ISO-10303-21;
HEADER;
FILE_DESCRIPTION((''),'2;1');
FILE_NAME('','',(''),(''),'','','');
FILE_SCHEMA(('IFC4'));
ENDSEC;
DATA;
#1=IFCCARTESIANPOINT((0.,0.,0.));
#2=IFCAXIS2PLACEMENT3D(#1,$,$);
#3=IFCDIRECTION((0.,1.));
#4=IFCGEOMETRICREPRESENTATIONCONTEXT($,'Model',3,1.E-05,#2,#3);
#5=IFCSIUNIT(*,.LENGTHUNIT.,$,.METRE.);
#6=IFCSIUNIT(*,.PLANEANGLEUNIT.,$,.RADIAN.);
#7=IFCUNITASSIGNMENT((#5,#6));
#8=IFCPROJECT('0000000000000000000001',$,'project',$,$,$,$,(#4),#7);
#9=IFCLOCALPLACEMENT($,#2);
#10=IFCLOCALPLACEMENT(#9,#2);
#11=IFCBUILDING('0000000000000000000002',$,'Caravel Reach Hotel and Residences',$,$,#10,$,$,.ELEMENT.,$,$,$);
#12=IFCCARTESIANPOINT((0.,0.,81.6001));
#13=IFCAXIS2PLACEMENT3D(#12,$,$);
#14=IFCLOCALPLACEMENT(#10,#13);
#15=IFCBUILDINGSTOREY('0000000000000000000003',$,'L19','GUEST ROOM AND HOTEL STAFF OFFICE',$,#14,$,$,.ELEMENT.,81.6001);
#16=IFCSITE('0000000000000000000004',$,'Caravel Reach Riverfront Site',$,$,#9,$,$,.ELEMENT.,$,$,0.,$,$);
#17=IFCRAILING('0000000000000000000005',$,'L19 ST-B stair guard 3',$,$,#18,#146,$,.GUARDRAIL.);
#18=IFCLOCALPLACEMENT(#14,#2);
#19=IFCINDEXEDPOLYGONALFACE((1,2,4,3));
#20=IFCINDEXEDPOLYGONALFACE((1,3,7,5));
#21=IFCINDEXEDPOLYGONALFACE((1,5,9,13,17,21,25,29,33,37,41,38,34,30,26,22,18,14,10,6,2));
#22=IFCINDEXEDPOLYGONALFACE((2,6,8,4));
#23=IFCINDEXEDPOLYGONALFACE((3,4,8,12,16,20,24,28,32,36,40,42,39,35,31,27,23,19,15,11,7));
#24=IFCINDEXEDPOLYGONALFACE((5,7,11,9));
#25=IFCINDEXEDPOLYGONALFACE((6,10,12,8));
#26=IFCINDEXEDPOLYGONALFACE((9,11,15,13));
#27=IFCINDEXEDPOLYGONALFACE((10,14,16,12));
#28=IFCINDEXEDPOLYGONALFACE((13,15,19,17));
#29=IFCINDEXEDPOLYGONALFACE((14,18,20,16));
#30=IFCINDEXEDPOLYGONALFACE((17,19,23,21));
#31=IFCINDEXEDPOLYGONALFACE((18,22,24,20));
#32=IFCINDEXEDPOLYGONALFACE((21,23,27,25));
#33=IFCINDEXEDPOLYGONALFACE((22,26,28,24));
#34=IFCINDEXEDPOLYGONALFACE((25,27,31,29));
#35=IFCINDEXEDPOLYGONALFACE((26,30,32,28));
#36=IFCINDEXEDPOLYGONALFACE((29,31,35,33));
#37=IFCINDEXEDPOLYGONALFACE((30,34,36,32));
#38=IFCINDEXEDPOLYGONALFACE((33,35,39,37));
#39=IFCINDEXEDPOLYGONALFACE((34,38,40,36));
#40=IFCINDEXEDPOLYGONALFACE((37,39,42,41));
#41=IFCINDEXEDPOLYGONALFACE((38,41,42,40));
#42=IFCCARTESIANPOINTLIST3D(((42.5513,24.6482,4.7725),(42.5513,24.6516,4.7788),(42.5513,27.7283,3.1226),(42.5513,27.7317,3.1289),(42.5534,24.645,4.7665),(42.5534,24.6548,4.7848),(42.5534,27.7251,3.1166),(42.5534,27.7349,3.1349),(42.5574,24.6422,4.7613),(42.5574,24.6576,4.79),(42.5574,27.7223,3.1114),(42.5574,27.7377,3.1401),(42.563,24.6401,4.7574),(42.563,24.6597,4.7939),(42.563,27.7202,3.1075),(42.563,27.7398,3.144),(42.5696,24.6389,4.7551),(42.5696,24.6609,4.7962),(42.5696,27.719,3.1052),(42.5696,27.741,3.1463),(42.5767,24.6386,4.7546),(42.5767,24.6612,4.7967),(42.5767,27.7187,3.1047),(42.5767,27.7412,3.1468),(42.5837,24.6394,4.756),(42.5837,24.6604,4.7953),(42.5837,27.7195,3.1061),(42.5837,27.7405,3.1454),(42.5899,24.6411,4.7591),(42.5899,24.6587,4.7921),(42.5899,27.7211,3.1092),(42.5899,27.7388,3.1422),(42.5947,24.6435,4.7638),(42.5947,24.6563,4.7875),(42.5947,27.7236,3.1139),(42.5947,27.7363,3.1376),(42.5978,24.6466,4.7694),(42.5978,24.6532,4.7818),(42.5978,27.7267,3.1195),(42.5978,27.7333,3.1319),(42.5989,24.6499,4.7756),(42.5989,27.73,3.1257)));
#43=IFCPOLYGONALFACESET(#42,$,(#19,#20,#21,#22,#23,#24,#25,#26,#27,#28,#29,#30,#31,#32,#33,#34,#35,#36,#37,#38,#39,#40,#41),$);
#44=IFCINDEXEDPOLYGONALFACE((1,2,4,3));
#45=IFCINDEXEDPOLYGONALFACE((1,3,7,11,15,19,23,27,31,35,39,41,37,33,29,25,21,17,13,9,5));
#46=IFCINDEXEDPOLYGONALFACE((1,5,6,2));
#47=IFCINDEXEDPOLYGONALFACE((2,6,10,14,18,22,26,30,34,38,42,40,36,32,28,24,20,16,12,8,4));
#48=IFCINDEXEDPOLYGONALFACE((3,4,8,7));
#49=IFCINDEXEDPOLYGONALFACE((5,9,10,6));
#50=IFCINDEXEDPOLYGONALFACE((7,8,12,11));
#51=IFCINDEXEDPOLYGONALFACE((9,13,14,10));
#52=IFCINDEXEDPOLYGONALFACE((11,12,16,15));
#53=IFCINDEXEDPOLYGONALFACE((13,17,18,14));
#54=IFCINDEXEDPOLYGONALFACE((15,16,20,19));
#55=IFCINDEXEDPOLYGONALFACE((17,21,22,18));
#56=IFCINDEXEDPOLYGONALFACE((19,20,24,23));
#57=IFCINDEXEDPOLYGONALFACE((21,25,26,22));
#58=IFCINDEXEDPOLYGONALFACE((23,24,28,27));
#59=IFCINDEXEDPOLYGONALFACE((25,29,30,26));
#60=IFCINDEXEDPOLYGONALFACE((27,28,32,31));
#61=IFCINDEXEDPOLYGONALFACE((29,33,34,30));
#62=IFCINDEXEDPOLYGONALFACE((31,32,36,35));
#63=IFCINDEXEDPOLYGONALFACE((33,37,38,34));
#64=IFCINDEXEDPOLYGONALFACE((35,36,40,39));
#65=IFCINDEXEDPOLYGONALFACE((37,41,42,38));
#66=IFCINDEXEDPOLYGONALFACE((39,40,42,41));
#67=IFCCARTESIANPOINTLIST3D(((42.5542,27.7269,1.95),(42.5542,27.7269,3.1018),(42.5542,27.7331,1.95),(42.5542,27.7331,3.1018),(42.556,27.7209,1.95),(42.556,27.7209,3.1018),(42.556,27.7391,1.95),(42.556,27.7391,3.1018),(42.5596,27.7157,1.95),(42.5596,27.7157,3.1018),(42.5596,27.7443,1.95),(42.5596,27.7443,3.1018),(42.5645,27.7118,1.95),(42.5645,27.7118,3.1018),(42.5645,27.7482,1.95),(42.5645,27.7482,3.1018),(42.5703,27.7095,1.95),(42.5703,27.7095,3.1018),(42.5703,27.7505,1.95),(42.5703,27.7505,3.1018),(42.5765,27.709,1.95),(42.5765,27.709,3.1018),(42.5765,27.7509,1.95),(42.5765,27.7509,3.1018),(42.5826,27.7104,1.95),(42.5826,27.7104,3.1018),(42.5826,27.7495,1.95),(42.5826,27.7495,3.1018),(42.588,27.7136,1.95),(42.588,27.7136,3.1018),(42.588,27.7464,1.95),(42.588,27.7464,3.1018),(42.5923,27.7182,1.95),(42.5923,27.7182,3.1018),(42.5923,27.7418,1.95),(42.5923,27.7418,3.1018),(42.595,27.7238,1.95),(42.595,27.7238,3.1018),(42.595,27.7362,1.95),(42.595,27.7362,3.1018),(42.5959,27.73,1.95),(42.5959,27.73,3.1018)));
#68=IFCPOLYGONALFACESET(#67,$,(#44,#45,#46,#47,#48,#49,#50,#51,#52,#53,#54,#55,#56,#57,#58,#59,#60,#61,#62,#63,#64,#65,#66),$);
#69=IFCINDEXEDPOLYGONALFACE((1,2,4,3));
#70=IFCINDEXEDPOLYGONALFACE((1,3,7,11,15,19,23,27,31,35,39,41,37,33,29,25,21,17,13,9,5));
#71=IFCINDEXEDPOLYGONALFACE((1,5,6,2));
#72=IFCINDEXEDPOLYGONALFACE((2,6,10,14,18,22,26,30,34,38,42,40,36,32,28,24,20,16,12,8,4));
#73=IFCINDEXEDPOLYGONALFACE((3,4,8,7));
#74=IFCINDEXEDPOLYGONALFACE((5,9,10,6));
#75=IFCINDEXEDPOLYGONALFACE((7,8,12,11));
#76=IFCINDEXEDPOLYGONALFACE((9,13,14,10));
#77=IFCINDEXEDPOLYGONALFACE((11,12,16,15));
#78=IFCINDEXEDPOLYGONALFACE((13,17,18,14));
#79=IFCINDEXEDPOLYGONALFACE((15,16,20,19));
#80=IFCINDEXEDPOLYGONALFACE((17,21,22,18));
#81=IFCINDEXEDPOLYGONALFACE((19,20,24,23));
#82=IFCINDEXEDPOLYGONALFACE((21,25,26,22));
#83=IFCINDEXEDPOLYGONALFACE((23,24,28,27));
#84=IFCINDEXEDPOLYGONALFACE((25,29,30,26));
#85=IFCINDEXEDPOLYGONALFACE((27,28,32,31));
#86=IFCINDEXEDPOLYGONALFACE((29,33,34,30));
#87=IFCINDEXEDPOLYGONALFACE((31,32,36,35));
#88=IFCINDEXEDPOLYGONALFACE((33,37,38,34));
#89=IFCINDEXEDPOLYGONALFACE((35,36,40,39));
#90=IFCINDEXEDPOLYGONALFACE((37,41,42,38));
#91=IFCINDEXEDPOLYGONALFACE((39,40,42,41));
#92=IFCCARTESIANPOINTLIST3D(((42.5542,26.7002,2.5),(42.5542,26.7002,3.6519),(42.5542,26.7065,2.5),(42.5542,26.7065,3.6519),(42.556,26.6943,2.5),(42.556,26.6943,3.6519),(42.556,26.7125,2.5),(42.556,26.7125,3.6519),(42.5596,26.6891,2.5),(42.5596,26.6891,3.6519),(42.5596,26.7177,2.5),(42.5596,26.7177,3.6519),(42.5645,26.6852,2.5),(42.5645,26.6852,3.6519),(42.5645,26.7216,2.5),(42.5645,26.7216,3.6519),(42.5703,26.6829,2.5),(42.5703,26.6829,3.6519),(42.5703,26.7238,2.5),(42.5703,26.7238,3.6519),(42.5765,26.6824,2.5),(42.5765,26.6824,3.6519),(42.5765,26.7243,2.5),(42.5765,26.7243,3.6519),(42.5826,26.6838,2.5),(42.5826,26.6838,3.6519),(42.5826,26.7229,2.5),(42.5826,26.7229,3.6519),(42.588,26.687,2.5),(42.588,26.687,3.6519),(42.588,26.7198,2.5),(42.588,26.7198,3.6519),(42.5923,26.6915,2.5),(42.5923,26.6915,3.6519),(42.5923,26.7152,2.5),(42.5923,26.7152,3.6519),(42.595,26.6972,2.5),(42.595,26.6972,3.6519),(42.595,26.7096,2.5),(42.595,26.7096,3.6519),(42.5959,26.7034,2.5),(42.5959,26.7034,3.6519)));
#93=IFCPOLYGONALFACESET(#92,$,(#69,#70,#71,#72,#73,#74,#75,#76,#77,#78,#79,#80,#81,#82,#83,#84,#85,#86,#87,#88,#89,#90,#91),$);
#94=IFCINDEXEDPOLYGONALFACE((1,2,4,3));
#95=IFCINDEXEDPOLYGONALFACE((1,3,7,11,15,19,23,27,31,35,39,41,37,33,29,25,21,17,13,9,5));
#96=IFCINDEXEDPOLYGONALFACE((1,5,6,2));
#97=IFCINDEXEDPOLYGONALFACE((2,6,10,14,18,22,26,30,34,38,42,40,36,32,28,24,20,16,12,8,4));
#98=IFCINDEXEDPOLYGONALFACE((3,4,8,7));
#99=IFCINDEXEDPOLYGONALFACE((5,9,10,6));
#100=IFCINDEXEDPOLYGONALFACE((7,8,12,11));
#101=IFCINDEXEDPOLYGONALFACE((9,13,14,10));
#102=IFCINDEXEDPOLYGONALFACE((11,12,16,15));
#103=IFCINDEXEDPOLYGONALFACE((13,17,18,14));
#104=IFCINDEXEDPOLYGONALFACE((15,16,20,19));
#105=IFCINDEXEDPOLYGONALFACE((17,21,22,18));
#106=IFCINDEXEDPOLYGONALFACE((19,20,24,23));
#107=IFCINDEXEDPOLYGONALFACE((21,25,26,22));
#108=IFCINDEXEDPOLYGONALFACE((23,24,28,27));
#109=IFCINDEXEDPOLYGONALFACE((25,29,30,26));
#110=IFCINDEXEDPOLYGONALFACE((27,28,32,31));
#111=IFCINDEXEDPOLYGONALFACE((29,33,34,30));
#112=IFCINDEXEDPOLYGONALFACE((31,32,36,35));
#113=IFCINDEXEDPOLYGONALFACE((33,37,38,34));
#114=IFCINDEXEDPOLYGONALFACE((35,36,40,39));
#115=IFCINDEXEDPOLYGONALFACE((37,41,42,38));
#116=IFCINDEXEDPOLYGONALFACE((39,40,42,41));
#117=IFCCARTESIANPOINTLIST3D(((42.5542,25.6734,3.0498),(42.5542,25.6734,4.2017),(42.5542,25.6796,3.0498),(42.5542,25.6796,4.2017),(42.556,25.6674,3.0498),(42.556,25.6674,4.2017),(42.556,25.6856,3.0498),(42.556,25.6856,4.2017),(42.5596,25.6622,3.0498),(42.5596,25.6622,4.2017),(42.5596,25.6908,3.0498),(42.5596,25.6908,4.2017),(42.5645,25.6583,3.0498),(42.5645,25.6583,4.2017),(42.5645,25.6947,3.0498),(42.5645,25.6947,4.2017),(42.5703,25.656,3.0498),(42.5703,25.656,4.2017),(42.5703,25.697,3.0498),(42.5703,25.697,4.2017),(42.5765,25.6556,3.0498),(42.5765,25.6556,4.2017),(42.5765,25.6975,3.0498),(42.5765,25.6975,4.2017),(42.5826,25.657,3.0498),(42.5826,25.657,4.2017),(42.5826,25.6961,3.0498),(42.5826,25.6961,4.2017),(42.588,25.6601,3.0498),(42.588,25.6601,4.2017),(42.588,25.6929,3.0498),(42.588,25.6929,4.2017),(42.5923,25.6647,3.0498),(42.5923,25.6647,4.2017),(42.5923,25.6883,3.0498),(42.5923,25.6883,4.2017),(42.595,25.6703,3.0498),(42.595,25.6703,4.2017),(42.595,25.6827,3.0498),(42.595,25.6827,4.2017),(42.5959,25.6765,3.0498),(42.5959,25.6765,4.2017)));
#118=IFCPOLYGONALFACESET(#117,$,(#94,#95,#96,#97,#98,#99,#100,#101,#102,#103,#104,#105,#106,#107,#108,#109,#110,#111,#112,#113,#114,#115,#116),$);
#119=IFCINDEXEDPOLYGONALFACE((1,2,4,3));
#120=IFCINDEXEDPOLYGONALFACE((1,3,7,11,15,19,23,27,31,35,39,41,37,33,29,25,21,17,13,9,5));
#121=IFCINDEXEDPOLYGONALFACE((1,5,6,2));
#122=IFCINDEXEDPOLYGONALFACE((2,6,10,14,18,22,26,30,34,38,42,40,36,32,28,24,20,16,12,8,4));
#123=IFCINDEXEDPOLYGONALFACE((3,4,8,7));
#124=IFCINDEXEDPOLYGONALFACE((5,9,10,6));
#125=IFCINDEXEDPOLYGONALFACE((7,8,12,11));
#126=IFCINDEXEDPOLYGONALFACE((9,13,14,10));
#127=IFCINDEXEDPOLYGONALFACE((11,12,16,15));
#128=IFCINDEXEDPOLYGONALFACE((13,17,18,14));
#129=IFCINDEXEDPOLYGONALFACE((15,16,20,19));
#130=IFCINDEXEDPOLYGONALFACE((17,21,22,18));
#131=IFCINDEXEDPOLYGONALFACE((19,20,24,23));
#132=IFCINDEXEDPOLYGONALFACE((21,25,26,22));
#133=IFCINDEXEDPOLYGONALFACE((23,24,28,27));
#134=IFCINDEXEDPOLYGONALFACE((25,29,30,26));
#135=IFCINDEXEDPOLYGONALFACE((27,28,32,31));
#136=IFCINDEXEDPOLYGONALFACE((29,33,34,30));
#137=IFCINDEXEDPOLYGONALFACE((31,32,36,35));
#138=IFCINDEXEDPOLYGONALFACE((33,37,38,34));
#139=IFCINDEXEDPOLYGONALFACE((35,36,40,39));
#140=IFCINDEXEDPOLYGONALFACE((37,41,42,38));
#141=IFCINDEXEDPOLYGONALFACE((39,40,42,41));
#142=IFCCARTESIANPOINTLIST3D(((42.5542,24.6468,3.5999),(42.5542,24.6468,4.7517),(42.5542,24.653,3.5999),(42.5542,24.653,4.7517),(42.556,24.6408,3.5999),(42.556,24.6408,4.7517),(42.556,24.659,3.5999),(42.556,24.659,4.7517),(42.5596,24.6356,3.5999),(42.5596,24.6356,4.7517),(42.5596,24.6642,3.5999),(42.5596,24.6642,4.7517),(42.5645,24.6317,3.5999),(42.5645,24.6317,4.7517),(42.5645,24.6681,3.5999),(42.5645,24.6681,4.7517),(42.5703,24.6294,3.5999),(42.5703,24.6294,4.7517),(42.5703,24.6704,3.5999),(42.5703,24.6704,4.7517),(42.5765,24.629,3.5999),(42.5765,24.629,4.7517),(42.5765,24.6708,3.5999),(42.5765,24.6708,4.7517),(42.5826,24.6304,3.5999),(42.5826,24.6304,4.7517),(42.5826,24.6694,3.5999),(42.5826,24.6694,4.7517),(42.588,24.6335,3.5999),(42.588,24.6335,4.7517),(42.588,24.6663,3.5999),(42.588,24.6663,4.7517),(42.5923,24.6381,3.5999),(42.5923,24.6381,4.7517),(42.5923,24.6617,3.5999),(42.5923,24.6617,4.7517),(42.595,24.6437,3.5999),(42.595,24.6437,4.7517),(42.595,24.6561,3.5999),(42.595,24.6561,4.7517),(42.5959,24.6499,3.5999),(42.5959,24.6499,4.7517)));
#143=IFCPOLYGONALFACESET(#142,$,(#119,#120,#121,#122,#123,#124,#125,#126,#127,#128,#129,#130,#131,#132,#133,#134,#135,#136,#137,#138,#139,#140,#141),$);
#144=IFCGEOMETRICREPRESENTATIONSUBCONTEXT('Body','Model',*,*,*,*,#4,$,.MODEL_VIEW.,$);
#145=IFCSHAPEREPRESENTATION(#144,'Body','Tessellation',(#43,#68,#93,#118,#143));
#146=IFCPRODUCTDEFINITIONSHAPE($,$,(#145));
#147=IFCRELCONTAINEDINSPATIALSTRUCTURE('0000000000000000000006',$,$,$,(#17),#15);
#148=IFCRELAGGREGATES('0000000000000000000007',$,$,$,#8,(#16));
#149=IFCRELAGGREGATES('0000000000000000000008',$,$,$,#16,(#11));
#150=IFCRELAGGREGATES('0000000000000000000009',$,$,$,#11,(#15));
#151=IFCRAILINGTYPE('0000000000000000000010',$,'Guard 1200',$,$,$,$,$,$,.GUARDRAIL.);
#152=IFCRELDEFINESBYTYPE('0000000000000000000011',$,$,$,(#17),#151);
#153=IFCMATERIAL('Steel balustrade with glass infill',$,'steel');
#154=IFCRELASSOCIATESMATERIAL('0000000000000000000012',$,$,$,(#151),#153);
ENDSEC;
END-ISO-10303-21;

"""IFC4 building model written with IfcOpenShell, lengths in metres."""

from ifc_helpers import new_model, si_unit, direction, frame, origin, origin_2d, place, context, subcontext, project, spatial, circle, extrude, material, type_object, element, save


model = new_model("IFC4")

# Units and contexts
model_context = context("Model", 3, precision=1e-05, world=origin(), true_north=direction((0.0, 1.0)))
body_context = subcontext(model_context, "Body", "Model", "MODEL_VIEW")
ifc_project = project(units=[si_unit("LENGTHUNIT", "METRE"), si_unit("PLANEANGLEUNIT", "RADIAN")], contexts=[model_context])

# Site, building, storey
site_placement = place(None, origin())
site = spatial("IfcSite", under=ifc_project, at=site_placement, Name="Caravel Reach Riverfront Site", CompositionType="ELEMENT", RefElevation=0.0)
building_placement = place(site_placement, origin())
building = spatial("IfcBuilding", under=site, at=building_placement, Name="Caravel Reach Hotel and Residences", CompositionType="ELEMENT")
storey_placement = place(building_placement, frame((0.0, 0.0, 81.6001)))
storey = spatial("IfcBuildingStorey", under=building, at=storey_placement, Name="L19", Description="GUEST ROOM AND HOTEL STAFF OFFICE", CompositionType="ELEMENT", Elevation=81.6001)

# Railing
ifc_material_1 = material(Name="Steel balustrade with glass infill", Category="steel")
railing_type_1 = type_object("IfcRailingType", Name="Guard 1200", PredefinedType="GUARDRAIL", material=ifc_material_1)
railing_1_placement = place(storey_placement, frame((42.575, 27.73, 1.95)))
element("IfcRailing", 1, at=railing_1_placement, inside=storey, type_object=railing_type_1, Name="L19 ST-B stair guard 3", PredefinedType="GUARDRAIL", context=body_context, shape_type="SweptSolid", body=[
    extrude(circle(Radius=0.0239, at=origin_2d()), frame((0.0, 0.0, 1.1758), z_axis=(0.0, -0.881497, 0.47219), x_axis=(1.0, 0.0, 0.0)), (0.0, 0.0, 1.0), 3.4941),
    extrude(circle(Radius=0.021, at=origin_2d()), origin(), (0.0, 0.0, 1.0), 1.1519),
    extrude(circle(Radius=0.021, at=origin_2d()), frame((0.0, -1.0266, 0.55)), (0.0, 0.0, 1.0), 1.1519),
    extrude(circle(Radius=0.021, at=origin_2d()), frame((0.0, -2.0535, 1.0999)), (0.0, 0.0, 1.0), 1.1519),
    extrude(circle(Radius=0.021, at=origin_2d()), frame((0.0, -3.0801, 1.6499)), (0.0, 0.0, 1.0), 1.1519),
])

save(model, "model.ifc")
